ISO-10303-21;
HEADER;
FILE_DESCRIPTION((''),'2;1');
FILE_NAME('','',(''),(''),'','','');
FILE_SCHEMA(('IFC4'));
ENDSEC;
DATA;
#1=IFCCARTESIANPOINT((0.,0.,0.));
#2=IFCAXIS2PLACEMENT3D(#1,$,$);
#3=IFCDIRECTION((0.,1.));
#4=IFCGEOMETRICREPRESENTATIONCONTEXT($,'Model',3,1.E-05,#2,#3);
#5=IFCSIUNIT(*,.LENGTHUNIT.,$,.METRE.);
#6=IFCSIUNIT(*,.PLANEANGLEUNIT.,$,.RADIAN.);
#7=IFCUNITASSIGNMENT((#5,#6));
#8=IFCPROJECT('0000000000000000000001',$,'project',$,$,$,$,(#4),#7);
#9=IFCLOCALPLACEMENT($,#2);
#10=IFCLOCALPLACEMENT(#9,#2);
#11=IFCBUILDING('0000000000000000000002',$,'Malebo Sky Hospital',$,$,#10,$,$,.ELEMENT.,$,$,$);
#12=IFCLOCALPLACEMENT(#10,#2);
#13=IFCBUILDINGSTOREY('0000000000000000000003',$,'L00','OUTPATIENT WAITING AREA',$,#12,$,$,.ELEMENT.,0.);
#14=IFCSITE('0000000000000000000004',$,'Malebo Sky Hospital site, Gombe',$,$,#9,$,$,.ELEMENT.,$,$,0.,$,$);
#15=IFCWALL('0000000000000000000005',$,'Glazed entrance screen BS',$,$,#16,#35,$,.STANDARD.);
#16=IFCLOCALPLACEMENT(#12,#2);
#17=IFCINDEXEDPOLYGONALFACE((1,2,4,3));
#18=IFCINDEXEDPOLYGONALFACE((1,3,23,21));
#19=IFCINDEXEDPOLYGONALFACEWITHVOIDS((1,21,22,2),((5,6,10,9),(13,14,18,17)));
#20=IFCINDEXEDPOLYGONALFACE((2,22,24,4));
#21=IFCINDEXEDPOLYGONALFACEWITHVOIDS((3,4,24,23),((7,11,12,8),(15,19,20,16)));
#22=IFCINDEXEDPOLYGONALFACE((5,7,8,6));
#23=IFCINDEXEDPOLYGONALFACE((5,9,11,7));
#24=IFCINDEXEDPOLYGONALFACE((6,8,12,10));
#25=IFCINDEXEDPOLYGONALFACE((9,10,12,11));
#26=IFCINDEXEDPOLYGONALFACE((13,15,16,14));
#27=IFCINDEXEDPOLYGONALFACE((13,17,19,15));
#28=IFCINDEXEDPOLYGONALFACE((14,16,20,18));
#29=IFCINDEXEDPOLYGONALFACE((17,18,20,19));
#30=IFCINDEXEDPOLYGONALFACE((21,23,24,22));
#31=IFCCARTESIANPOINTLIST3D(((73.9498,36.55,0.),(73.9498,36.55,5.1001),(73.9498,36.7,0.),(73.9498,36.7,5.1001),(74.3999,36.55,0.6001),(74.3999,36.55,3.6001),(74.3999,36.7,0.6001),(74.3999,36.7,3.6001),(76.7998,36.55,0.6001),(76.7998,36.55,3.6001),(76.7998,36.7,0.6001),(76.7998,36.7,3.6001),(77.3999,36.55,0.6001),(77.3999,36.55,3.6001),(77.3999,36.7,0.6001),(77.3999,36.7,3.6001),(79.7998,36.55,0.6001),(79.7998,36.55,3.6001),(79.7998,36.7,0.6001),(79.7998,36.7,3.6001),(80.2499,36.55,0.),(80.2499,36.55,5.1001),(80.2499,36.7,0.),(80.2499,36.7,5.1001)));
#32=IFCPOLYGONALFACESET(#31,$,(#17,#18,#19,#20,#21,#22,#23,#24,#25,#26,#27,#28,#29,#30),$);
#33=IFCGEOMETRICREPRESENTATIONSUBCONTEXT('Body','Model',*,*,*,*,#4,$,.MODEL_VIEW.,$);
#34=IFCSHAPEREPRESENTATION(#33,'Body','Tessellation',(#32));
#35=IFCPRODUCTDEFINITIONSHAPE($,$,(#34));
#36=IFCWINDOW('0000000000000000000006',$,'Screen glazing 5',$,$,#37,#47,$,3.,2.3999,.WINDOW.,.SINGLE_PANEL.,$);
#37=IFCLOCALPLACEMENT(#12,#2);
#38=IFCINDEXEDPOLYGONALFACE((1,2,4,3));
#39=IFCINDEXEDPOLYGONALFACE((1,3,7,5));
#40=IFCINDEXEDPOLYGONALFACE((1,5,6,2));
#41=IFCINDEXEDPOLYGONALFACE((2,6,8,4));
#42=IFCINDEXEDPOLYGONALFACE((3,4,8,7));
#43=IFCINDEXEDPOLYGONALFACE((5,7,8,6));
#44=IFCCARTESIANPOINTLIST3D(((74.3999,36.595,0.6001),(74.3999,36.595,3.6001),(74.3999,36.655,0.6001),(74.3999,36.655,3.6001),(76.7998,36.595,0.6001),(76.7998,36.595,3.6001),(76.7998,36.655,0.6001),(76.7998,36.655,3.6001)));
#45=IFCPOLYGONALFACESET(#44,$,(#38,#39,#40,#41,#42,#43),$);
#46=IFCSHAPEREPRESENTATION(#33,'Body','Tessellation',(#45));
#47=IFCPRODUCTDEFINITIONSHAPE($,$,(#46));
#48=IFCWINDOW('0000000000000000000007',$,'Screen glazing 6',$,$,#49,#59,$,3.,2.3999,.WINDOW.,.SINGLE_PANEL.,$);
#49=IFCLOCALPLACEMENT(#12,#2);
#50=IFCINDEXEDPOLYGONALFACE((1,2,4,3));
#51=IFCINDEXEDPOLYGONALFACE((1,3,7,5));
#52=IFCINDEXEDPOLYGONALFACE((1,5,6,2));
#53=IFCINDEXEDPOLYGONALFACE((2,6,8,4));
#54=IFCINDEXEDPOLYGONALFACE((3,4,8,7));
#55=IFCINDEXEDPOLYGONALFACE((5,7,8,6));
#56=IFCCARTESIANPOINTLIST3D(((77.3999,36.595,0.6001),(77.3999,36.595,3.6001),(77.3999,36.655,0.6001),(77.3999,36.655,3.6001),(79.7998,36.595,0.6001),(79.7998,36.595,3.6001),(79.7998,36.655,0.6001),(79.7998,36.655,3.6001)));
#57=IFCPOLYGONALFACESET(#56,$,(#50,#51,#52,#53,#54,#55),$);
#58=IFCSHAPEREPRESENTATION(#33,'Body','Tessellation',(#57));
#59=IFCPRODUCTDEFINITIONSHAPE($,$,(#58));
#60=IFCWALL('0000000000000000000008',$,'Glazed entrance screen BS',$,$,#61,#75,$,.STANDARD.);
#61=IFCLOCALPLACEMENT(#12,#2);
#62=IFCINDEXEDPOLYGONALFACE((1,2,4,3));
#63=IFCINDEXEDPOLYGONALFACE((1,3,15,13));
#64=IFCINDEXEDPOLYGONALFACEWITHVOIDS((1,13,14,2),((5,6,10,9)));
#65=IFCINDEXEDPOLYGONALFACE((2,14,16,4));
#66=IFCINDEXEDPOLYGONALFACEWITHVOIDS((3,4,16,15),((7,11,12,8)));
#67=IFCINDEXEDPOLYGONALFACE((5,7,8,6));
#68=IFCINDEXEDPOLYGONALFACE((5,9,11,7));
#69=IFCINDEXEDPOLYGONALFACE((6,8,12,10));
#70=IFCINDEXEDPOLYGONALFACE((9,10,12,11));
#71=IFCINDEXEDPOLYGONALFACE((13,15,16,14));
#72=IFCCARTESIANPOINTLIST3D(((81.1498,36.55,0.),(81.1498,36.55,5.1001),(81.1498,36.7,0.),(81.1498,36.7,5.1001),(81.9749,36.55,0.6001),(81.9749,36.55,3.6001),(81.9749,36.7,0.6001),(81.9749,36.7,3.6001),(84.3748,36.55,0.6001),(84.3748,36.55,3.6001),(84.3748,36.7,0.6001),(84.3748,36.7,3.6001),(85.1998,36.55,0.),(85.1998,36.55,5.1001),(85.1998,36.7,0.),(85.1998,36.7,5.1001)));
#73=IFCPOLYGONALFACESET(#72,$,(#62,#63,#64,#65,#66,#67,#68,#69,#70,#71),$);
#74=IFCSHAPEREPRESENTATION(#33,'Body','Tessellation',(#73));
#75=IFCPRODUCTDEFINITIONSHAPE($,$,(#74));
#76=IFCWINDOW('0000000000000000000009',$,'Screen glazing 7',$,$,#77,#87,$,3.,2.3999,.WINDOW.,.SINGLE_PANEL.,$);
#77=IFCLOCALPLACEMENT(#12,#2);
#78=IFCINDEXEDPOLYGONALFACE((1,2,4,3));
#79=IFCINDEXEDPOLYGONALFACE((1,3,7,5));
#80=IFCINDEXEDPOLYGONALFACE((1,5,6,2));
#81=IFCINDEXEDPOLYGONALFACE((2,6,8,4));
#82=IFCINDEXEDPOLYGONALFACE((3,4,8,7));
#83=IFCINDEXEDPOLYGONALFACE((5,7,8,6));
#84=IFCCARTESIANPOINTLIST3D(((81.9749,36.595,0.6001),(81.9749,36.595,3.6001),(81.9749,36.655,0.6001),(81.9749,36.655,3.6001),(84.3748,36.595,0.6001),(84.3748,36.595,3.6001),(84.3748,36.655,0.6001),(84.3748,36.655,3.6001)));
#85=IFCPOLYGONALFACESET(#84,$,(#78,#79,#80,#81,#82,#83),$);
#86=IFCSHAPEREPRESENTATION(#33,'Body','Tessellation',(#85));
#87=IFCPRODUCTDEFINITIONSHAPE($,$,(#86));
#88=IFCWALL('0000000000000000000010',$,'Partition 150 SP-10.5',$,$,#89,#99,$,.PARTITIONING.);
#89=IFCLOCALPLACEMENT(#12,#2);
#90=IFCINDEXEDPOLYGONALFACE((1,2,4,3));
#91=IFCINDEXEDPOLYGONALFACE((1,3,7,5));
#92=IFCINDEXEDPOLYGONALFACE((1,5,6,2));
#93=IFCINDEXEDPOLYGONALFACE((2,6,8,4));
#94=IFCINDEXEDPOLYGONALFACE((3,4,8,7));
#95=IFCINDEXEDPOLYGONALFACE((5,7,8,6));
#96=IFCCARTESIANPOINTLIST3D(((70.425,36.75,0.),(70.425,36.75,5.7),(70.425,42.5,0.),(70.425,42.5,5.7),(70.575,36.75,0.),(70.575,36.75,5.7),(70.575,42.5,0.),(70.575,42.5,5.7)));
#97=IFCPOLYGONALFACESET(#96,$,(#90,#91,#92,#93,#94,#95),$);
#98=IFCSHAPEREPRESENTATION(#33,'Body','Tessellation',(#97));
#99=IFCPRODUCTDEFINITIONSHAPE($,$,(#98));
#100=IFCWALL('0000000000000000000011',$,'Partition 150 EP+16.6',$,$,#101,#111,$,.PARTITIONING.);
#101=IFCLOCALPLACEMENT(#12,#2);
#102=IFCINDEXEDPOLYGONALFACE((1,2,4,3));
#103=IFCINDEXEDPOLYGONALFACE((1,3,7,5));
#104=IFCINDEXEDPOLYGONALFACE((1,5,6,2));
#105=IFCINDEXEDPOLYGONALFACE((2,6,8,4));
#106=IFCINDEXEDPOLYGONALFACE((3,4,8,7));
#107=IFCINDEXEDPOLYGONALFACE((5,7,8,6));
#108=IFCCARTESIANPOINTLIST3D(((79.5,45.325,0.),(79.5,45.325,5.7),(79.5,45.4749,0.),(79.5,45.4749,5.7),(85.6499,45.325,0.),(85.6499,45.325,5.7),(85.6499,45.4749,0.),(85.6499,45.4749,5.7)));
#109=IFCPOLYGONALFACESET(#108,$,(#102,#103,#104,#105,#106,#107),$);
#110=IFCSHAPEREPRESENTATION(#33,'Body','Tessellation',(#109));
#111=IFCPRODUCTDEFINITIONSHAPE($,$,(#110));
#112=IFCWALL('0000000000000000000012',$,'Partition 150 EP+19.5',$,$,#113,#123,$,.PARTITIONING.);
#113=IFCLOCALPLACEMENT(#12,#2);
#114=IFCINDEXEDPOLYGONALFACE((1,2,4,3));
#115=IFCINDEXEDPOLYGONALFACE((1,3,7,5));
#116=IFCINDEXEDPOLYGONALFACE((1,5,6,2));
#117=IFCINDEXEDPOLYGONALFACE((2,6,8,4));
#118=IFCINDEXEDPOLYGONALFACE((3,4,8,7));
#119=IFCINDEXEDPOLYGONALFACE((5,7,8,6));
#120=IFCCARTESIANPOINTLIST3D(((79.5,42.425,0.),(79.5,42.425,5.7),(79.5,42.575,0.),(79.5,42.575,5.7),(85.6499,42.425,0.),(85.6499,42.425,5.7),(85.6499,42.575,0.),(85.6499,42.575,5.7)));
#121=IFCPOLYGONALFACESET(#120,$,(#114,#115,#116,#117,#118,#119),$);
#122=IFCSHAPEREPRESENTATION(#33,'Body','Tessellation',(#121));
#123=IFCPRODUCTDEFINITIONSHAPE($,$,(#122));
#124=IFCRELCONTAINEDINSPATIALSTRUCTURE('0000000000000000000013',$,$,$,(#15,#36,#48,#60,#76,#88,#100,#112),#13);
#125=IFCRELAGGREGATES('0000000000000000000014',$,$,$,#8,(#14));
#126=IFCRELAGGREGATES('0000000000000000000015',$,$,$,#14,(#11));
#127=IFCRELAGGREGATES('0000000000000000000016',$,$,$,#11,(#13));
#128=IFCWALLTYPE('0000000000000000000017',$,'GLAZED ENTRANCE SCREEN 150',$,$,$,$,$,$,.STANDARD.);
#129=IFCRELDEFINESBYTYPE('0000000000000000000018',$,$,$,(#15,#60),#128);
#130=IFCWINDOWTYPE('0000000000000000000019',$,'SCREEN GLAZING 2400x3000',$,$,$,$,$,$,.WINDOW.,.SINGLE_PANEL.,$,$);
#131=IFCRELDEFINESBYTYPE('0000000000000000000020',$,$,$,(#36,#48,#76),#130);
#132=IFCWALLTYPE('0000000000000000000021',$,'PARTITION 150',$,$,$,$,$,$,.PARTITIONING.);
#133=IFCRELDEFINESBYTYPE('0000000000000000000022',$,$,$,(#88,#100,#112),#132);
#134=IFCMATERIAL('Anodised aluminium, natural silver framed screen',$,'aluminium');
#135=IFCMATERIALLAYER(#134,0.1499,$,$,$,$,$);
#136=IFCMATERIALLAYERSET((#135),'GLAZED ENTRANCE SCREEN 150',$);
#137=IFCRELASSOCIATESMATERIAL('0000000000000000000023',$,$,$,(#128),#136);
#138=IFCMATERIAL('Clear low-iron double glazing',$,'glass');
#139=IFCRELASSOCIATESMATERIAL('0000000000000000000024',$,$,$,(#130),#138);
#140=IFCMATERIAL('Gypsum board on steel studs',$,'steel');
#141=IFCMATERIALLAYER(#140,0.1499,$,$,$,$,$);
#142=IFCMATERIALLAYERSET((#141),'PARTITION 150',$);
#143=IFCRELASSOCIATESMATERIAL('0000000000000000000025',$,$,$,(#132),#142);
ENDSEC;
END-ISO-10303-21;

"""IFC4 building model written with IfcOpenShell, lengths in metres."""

from ifc_helpers import new_model, si_unit, direction, frame, frame_2d, origin, place, context, subcontext, project, spatial, rectangle, extrude, material, layer, layer_set, type_object, element, fill, save


model = new_model("IFC4")

# Units and contexts
model_context = context("Model", 3, precision=1e-05, world=origin(), true_north=direction((0.0, 1.0)))
body_context = subcontext(model_context, "Body", "Model", "MODEL_VIEW")
ifc_project = project(units=[si_unit("LENGTHUNIT", "METRE"), si_unit("PLANEANGLEUNIT", "RADIAN")], contexts=[model_context])

# Site, building, storey
site_placement = place(None, origin())
site = spatial("IfcSite", under=ifc_project, at=site_placement, Name="Malebo Sky Hospital site, Gombe", CompositionType="ELEMENT", RefElevation=0.0)
building_placement = place(site_placement, origin())
building = spatial("IfcBuilding", under=site, at=building_placement, Name="Malebo Sky Hospital", CompositionType="ELEMENT")
storey_placement = place(building_placement, origin())
storey = spatial("IfcBuildingStorey", under=building, at=storey_placement, Name="L00", Description="OUTPATIENT WAITING AREA", CompositionType="ELEMENT", Elevation=0.0)

# Shared definitions
ifc_material_1 = material(Name="Gypsum board on steel studs", Category="steel")

# Wall, openings, windows
ifc_material_2 = material(Name="Anodised aluminium, natural silver framed screen", Category="aluminium")
ifc_layer_1 = layer(ifc_material_2, 0.1499)
ifc_layer_set_1 = layer_set([ifc_layer_1], Name="GLAZED ENTRANCE SCREEN 150")
wall_type_1 = type_object("IfcWallType", Name="GLAZED ENTRANCE SCREEN 150", PredefinedType="STANDARD", material=ifc_layer_set_1)
wall_1_placement = place(storey_placement, frame((73.95, 36.625, 0.0), z_axis=(0.0, 0.0, 1.0), x_axis=(1.0, 0.0, 0.0)))
wall_1 = element("IfcWall", 1, at=wall_1_placement, inside=storey, type_object=wall_type_1, Name="Glazed entrance screen BS", PredefinedType="STANDARD", context=body_context, shape_type="SweptSolid", body=[
    extrude(rectangle(XDim=6.3, YDim=0.1499, at=frame_2d((3.1499, 0.0))), origin(), (0.0, 0.0, 1.0), 5.1001),
])
opening_1_placement = place(wall_1_placement, frame((0.45, 0.0, 0.6001)))
opening_1 = element("IfcOpeningElement", 2, at=opening_1_placement, cuts=wall_1, PredefinedType="OPENING", context=body_context, shape_type="SweptSolid", body=[
    extrude(rectangle(XDim=2.3999, YDim=3.0, at=frame_2d((1.2, 1.5))), frame((0.0, 0.085, 0.0), z_axis=(0.0, -1.0, 0.0), x_axis=(1.0, 0.0, 0.0)), (0.0, 0.0, 1.0), 0.1699),
])
opening_2_placement = place(wall_1_placement, frame((3.45, 0.0, 0.6001)))
opening_2 = element("IfcOpeningElement", 3, at=opening_2_placement, cuts=wall_1, PredefinedType="OPENING", context=body_context, shape_type="SweptSolid", body=[
    extrude(rectangle(XDim=2.3999, YDim=3.0, at=frame_2d((1.2, 1.5))), frame((0.0, 0.085, 0.0), z_axis=(0.0, -1.0, 0.0), x_axis=(1.0, 0.0, 0.0)), (0.0, 0.0, 1.0), 0.1699),
])
ifc_material_3 = material(Name="Clear low-iron double glazing", Category="glass")
window_type = type_object("IfcWindowType", Name="SCREEN GLAZING 2400x3000", PartitioningType="SINGLE_PANEL", PredefinedType="WINDOW", material=ifc_material_3)
window_1_placement = place(opening_1_placement, origin())
window_1 = element("IfcWindow", 4, at=window_1_placement, inside=storey, type_object=window_type, Name="Screen glazing 5", OverallHeight=3.0, OverallWidth=2.3999, PartitioningType="SINGLE_PANEL", PredefinedType="WINDOW", context=body_context, shape_type="SweptSolid", body=[
    extrude(rectangle(XDim=2.3999, YDim=3.0, at=frame_2d((1.2, 1.5))), frame((0.0, 0.03, 0.0), z_axis=(0.0, -1.0, 0.0), x_axis=(1.0, 0.0, 0.0)), (0.0, 0.0, 1.0), 0.0601),
])
fill(opening_1, window_1)
window_2_placement = place(opening_2_placement, origin())
window_2 = element("IfcWindow", 5, at=window_2_placement, inside=storey, type_object=window_type, Name="Screen glazing 6", OverallHeight=3.0, OverallWidth=2.3999, PartitioningType="SINGLE_PANEL", PredefinedType="WINDOW", context=body_context, shape_type="SweptSolid", body=[
    extrude(rectangle(XDim=2.3999, YDim=3.0, at=frame_2d((1.2, 1.5))), frame((0.0, 0.03, 0.0), z_axis=(0.0, -1.0, 0.0), x_axis=(1.0, 0.0, 0.0)), (0.0, 0.0, 1.0), 0.0601),
])
fill(opening_2, window_2)

# Wall, opening, window
wall_2_placement = place(storey_placement, frame((81.1499, 36.625, 0.0), z_axis=(0.0, 0.0, 1.0), x_axis=(1.0, 0.0, 0.0)))
wall_2 = element("IfcWall", 6, at=wall_2_placement, inside=storey, type_object=wall_type_1, Name="Glazed entrance screen BS", PredefinedType="STANDARD", context=body_context, shape_type="SweptSolid", body=[
    extrude(rectangle(XDim=4.05, YDim=0.1499, at=frame_2d((2.0249, 0.0))), origin(), (0.0, 0.0, 1.0), 5.1001),
])
opening_3_placement = place(wall_2_placement, frame((0.825, 0.0, 0.6001)))
opening_3 = element("IfcOpeningElement", 7, at=opening_3_placement, cuts=wall_2, PredefinedType="OPENING", context=body_context, shape_type="SweptSolid", body=[
    extrude(rectangle(XDim=2.3999, YDim=3.0, at=frame_2d((1.2, 1.5))), frame((0.0, 0.085, 0.0), z_axis=(0.0, -1.0, 0.0), x_axis=(1.0, 0.0, 0.0)), (0.0, 0.0, 1.0), 0.1699),
])
window_3_placement = place(opening_3_placement, origin())
window_3 = element("IfcWindow", 8, at=window_3_placement, inside=storey, type_object=window_type, Name="Screen glazing 7", OverallHeight=3.0, OverallWidth=2.3999, PartitioningType="SINGLE_PANEL", PredefinedType="WINDOW", context=body_context, shape_type="SweptSolid", body=[
    extrude(rectangle(XDim=2.3999, YDim=3.0, at=frame_2d((1.2, 1.5))), frame((0.0, 0.03, 0.0), z_axis=(0.0, -1.0, 0.0), x_axis=(1.0, 0.0, 0.0)), (0.0, 0.0, 1.0), 0.0601),
])
fill(opening_3, window_3)

# Walls
ifc_layer_2 = layer(ifc_material_1, 0.1499)
ifc_layer_set_2 = layer_set([ifc_layer_2], Name="PARTITION 150")
wall_type_2 = type_object("IfcWallType", Name="PARTITION 150", PredefinedType="PARTITIONING", material=ifc_layer_set_2)
wall_3_placement = place(storey_placement, frame((70.5, 42.5, 0.0), z_axis=(0.0, 0.0, 1.0), x_axis=(0.0, -1.0, 0.0)))
element("IfcWall", 9, at=wall_3_placement, inside=storey, type_object=wall_type_2, Name="Partition 150 SP-10.5", PredefinedType="PARTITIONING", context=body_context, shape_type="SweptSolid", body=[
    extrude(rectangle(XDim=5.75, YDim=0.1499, at=frame_2d((2.875, 0.0))), origin(), (0.0, 0.0, 1.0), 5.7),
])
for number, where, z_axis, x_axis, name in (
    (10, (79.5, 45.3999, 0.0), (0.0, 0.0, 1.0), (1.0, 0.0, 0.0), "Partition 150 EP+16.6"),
    (11, (79.5, 42.5, 0.0), (0.0, 0.0, 1.0), (1.0, 0.0, 0.0), "Partition 150 EP+19.5"),
):
    element("IfcWall", number, at=place(storey_placement, frame(where, z_axis=z_axis, x_axis=x_axis)), inside=storey, type_object=wall_type_2, Name=name, PredefinedType="PARTITIONING", context=body_context, shape_type="SweptSolid", body=[
        extrude(rectangle(XDim=6.1499, YDim=0.1499, at=frame_2d((3.075, 0.0))), origin(), (0.0, 0.0, 1.0), 5.7),
    ])

save(model, "model.ifc")
